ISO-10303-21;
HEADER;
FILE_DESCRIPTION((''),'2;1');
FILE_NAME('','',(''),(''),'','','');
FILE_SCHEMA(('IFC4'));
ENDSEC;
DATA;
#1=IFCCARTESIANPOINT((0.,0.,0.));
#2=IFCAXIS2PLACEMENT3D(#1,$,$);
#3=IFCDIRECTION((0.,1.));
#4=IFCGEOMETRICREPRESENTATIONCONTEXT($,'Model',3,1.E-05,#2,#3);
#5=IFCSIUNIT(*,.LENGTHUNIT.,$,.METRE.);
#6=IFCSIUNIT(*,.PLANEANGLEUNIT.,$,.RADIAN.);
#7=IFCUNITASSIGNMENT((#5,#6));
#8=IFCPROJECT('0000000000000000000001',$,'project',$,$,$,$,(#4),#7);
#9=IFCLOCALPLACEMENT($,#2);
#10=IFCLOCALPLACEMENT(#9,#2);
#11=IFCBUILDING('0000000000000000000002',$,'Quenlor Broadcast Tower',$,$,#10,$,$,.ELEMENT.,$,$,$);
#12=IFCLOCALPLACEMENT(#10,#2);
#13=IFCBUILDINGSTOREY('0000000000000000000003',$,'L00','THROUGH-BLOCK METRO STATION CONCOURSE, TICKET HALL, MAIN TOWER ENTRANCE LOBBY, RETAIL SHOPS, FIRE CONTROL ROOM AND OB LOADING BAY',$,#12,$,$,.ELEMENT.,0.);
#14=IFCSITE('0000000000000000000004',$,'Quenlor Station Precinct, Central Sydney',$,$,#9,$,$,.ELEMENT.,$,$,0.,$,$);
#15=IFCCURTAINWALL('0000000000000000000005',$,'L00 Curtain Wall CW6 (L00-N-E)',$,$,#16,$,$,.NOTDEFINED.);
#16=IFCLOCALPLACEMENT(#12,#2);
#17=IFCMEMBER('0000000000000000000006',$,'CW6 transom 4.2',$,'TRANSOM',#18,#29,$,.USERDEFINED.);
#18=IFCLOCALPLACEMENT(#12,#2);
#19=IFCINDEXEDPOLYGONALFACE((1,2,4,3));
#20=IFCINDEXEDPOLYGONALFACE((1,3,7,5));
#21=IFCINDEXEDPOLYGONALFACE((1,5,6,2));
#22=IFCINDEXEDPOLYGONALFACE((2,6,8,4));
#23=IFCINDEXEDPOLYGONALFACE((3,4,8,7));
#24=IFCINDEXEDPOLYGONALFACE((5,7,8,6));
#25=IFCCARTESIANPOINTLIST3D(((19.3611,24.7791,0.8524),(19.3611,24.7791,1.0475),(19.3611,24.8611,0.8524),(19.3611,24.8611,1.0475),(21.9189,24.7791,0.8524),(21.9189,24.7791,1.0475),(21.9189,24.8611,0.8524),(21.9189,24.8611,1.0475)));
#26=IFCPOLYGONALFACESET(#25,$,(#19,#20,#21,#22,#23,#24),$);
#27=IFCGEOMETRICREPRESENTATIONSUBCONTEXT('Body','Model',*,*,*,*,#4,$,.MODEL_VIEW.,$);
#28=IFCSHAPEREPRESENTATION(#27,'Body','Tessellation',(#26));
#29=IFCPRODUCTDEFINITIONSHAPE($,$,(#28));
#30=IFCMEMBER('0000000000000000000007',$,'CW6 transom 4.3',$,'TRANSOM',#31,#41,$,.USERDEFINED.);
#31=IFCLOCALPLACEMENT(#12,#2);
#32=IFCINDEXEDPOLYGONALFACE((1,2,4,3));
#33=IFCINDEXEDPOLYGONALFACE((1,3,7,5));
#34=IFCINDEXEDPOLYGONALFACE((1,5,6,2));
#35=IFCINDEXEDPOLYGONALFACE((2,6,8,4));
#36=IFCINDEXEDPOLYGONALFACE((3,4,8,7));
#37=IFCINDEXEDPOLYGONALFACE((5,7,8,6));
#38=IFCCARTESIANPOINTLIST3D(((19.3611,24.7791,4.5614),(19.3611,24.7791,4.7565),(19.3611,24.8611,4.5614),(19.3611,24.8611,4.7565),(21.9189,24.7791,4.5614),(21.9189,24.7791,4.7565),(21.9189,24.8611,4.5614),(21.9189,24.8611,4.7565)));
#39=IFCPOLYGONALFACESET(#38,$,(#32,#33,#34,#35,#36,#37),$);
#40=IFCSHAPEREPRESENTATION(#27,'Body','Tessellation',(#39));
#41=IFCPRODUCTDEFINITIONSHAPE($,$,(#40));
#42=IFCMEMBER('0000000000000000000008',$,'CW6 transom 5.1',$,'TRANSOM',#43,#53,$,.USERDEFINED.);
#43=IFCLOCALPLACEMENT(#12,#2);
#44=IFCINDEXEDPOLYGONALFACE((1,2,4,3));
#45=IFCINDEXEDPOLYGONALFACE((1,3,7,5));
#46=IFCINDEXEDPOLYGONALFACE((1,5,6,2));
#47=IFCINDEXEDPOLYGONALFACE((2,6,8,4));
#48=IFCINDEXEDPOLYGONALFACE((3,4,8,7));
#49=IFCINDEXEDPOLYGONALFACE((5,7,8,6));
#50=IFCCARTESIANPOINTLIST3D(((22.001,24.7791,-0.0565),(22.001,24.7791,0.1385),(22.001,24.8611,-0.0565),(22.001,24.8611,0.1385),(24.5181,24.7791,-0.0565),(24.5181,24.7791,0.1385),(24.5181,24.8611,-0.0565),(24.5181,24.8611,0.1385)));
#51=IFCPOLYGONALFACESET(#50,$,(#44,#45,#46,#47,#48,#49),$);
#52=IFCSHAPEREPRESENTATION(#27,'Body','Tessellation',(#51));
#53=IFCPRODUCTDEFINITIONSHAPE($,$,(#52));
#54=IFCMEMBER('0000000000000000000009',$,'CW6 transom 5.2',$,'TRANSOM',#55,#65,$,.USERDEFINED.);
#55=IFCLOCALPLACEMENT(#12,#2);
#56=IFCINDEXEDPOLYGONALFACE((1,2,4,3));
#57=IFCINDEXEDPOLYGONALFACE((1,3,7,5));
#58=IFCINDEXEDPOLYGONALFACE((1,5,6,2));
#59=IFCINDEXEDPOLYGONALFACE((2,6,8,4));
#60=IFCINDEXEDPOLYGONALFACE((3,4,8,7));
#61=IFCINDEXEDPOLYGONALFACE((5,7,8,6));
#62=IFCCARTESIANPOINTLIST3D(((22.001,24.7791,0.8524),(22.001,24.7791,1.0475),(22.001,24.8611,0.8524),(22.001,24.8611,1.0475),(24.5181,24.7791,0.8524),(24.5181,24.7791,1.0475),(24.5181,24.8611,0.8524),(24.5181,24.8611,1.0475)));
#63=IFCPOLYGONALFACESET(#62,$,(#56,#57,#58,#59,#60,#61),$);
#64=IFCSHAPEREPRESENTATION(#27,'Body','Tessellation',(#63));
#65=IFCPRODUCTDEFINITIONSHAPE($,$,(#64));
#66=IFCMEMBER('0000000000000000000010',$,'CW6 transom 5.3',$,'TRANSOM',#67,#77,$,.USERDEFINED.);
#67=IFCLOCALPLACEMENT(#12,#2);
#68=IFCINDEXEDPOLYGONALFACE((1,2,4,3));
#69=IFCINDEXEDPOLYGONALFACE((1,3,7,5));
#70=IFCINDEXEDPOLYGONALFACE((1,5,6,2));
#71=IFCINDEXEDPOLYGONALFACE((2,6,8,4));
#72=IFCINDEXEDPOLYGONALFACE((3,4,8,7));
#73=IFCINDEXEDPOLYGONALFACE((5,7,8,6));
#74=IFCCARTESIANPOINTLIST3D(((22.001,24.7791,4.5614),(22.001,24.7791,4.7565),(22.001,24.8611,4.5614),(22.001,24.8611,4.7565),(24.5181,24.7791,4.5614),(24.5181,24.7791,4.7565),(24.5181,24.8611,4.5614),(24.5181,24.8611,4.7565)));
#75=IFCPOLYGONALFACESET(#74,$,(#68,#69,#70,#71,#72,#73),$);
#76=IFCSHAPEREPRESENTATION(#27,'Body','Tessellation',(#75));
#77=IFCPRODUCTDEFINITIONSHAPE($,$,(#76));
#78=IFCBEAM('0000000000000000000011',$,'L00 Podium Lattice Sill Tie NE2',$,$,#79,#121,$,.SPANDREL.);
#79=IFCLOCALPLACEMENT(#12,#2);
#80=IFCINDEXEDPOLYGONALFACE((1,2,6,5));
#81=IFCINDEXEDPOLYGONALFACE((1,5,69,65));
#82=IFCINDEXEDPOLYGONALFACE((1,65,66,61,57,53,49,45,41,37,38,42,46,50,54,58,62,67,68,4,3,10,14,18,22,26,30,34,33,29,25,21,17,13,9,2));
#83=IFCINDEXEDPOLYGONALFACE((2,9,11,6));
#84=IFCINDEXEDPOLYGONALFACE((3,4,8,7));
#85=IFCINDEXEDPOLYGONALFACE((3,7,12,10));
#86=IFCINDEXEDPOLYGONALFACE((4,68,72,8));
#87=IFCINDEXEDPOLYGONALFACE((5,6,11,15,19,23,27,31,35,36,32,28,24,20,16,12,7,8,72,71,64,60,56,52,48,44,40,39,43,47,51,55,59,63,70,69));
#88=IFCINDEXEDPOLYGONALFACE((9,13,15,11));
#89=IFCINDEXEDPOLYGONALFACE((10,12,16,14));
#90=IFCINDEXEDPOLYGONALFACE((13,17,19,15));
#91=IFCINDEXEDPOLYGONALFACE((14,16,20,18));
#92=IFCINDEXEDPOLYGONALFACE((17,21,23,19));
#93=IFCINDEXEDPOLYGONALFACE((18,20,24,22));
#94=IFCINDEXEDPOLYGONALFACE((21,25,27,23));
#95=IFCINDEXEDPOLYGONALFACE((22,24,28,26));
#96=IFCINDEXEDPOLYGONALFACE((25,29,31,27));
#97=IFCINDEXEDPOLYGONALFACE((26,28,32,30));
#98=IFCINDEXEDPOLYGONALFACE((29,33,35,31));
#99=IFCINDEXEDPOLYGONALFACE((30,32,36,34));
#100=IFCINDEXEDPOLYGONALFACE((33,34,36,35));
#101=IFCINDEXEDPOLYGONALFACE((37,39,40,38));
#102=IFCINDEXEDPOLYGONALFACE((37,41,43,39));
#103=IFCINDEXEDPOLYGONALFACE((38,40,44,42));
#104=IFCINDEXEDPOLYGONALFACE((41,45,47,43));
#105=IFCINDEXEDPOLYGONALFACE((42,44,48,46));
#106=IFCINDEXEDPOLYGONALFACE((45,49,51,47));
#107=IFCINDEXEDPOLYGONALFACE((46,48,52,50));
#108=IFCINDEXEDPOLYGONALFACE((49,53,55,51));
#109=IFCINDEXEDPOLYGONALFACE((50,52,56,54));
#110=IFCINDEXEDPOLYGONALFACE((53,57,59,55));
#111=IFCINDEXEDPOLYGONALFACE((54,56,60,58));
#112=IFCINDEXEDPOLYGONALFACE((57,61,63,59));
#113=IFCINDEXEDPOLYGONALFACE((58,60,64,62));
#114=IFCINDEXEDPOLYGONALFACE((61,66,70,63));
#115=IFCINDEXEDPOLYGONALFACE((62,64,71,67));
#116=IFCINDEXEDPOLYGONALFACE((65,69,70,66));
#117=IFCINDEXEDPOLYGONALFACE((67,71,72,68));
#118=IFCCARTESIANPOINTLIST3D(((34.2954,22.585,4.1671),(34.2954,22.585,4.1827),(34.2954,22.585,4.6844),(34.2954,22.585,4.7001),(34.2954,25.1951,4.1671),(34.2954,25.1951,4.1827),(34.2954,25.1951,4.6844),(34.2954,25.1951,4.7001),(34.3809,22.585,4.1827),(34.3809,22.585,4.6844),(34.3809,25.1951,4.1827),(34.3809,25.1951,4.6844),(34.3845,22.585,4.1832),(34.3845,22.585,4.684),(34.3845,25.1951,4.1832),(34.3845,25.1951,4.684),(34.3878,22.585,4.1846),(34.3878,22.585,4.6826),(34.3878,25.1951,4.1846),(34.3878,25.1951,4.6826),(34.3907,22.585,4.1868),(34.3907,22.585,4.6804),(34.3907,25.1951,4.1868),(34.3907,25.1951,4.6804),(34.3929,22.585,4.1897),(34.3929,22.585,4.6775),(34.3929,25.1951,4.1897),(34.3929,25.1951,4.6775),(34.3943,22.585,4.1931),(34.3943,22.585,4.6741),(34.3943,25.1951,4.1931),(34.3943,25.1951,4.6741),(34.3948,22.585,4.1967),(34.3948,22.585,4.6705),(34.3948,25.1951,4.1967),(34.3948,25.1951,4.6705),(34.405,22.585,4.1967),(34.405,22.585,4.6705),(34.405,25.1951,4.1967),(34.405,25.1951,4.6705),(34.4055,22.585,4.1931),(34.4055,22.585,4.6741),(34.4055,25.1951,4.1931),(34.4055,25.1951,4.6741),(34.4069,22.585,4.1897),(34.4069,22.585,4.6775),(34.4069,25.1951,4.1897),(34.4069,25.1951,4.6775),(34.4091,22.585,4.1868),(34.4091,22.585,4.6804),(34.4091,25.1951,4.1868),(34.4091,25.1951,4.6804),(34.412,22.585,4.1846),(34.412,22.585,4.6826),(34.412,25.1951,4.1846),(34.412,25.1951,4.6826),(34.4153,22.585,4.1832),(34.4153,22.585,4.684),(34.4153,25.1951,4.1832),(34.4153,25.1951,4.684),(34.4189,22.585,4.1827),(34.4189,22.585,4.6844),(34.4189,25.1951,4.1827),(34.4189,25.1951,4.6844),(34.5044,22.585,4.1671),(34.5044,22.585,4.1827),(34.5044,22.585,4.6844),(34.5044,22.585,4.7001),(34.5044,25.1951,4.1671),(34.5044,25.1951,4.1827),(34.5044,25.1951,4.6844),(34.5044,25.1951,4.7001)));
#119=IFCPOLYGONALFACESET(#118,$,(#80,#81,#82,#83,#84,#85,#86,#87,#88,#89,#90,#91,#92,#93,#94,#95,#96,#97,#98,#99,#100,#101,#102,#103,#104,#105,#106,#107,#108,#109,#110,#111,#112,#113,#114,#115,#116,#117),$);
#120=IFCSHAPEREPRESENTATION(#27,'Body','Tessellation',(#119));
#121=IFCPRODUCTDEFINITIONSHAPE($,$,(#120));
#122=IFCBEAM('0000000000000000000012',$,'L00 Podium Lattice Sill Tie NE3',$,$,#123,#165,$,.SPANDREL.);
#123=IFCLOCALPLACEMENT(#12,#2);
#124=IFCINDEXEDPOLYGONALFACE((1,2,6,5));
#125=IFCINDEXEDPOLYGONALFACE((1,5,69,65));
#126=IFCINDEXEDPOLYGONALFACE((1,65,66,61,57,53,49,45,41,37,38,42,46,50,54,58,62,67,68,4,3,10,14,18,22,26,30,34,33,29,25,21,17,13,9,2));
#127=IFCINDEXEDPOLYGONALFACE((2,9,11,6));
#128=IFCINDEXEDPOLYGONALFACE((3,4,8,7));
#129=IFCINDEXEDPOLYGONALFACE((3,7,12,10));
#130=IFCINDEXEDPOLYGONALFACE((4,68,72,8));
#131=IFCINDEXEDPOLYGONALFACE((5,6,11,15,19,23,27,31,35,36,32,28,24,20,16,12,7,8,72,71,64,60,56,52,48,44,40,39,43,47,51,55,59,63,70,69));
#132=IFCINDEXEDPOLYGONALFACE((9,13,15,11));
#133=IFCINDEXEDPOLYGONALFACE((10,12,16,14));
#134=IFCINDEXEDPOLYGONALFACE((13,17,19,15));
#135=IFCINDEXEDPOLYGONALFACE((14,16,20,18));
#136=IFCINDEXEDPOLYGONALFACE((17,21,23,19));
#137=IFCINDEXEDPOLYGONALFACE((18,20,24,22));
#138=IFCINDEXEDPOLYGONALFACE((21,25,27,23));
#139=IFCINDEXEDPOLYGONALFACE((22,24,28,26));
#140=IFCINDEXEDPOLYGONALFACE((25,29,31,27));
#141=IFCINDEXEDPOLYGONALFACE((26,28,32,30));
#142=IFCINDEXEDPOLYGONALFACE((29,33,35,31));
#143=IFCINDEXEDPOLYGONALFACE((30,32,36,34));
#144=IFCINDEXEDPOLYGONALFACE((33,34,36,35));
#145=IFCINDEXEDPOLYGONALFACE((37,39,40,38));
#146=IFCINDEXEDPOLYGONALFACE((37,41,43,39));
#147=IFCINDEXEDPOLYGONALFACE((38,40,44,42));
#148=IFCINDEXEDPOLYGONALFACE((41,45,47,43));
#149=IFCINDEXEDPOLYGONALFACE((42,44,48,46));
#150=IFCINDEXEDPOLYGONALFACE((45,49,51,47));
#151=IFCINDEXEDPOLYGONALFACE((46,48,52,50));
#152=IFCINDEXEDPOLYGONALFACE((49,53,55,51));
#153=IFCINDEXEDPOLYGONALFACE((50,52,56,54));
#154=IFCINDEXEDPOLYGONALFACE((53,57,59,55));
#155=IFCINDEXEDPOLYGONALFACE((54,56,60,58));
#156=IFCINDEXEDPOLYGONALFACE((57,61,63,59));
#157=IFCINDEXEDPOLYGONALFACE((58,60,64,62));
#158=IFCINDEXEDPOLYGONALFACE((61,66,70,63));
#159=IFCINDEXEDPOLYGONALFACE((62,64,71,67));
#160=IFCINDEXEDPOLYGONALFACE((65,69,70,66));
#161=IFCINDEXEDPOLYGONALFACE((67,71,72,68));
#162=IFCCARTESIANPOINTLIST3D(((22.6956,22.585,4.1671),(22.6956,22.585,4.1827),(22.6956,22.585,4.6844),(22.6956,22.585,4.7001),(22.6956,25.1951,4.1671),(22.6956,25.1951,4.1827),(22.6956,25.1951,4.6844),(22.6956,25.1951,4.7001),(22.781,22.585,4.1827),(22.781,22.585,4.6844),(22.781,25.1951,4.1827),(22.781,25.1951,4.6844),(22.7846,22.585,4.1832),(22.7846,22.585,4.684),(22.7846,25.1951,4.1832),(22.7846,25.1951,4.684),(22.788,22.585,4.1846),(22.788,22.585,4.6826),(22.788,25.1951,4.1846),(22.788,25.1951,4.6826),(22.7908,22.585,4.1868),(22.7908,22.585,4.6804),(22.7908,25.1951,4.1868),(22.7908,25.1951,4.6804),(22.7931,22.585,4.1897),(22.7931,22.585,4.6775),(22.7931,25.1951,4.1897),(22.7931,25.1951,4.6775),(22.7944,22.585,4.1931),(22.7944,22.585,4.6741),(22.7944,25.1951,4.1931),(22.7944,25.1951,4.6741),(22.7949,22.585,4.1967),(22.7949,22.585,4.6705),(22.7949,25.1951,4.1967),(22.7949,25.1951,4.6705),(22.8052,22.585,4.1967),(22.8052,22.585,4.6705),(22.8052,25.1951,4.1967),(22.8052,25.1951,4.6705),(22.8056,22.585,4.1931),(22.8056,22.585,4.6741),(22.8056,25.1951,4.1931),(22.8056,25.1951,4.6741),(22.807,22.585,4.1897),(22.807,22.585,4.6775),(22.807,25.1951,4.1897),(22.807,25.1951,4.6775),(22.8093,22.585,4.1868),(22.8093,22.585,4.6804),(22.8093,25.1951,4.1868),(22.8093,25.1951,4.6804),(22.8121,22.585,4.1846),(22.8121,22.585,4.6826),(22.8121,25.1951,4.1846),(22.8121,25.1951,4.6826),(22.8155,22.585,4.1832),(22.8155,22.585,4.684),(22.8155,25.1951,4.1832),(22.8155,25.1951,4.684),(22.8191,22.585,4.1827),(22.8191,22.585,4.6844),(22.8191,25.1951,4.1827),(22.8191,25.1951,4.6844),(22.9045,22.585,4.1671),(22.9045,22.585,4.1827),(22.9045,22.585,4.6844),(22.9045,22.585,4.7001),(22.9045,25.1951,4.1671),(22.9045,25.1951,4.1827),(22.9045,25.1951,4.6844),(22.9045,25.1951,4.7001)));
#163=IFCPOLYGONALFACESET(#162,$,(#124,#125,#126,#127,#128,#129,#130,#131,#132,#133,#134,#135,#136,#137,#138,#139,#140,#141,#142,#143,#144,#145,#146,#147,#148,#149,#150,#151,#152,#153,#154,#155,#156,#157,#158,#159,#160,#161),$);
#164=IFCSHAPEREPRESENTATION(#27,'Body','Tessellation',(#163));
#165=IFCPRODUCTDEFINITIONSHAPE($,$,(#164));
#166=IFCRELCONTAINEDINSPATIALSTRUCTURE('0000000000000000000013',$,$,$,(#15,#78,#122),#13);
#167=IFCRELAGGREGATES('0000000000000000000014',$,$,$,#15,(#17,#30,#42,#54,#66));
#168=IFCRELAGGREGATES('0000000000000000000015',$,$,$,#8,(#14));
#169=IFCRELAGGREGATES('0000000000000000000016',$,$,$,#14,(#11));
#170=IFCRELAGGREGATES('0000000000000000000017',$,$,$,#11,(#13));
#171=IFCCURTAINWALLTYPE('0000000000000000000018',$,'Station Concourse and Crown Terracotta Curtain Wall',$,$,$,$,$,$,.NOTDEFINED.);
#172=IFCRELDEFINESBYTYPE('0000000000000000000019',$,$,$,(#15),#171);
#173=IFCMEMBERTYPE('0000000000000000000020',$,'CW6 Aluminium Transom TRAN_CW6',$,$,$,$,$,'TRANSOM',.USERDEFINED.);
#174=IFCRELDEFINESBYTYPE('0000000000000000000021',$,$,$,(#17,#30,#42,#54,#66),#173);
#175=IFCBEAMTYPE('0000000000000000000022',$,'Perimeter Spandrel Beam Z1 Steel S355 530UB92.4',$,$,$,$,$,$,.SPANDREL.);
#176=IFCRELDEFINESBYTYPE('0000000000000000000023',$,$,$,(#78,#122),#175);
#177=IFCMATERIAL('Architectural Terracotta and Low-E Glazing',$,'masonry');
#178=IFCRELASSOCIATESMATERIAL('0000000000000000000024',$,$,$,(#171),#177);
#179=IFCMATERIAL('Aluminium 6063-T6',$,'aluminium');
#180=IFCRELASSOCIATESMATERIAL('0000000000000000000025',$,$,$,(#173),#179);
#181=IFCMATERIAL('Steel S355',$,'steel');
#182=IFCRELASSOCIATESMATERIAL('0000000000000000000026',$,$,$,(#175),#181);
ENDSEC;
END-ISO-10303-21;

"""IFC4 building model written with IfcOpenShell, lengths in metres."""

from ifc_helpers import new_model, si_unit, direction, frame, origin, origin_2d, place, context, subcontext, project, spatial, rectangle, i_section, extrude, material, material_profile, profile_set, type_object, element, aggregate, save


model = new_model("IFC4")

# Units and contexts
model_context = context("Model", 3, precision=1e-05, world=origin(), true_north=direction((0.0, 1.0)))
body_context = subcontext(model_context, "Body", "Model", "MODEL_VIEW")
ifc_project = project(units=[si_unit("LENGTHUNIT", "METRE"), si_unit("PLANEANGLEUNIT", "RADIAN")], contexts=[model_context])

# Site, building, storey
site_placement = place(None, origin())
site = spatial("IfcSite", under=ifc_project, at=site_placement, Name="Quenlor Station Precinct, Central Sydney", CompositionType="ELEMENT", RefElevation=0.0)
building_placement = place(site_placement, origin())
building = spatial("IfcBuilding", under=site, at=building_placement, Name="Quenlor Broadcast Tower", CompositionType="ELEMENT")
storey_placement = place(building_placement, origin())
storey = spatial("IfcBuildingStorey", under=building, at=storey_placement, Name="L00", Description="THROUGH-BLOCK METRO STATION CONCOURSE, TICKET HALL, MAIN TOWER ENTRANCE LOBBY, RETAIL SHOPS, FIRE CONTROL ROOM AND OB LOADING BAY", CompositionType="ELEMENT", Elevation=0.0)

# Curtain wall, members
ifc_material_1 = material(Name="Architectural Terracotta and Low-E Glazing", Category="masonry")
curtain_wall_type = type_object("IfcCurtainWallType", Name="Station Concourse and Crown Terracotta Curtain Wall", PredefinedType="NOTDEFINED", material=ifc_material_1)
curtain_wall_placement = place(storey_placement, origin())
curtain_wall = element("IfcCurtainWall", 1, at=curtain_wall_placement, inside=storey, type_object=curtain_wall_type, Name="L00 Curtain Wall CW6 (L00-N-E)", PredefinedType="NOTDEFINED")
ifc_material_2 = material(Name="Aluminium 6063-T6", Category="aluminium")
ifc_material_profile_1 = material_profile(ifc_material_2, rectangle(XDim=0.082, YDim=0.1951, at=origin_2d()))
ifc_profile_set_1 = profile_set([ifc_material_profile_1], Name="Aluminium 6063-T6 TRAN82x195")
member_type_1 = type_object("IfcMemberType", Name="CW6 Aluminium Transom TRAN_CW6", ElementType="TRANSOM", PredefinedType="USERDEFINED", material=ifc_profile_set_1)
member_1_placement = place(storey_placement, frame((19.3611, 24.8201, 0.95), z_axis=(1.0, 0.0, 0.0), x_axis=(0.0, 1.0, 0.0)))
member_1 = element("IfcMember", 2, at=member_1_placement, type_object=member_type_1, Name="CW6 transom 4.2", ObjectType="TRANSOM", PredefinedType="USERDEFINED", context=body_context, shape_type="SweptSolid", body=[
    extrude(rectangle(XDim=0.082, YDim=0.1951, at=origin_2d()), origin(), (0.0, 0.0, 1.0), 2.5579),
])
member_2_placement = place(storey_placement, frame((19.3611, 24.8201, 4.6589), z_axis=(1.0, 0.0, 0.0), x_axis=(0.0, 1.0, 0.0)))
member_2 = element("IfcMember", 3, at=member_2_placement, type_object=member_type_1, Name="CW6 transom 4.3", ObjectType="TRANSOM", PredefinedType="USERDEFINED", context=body_context, shape_type="SweptSolid", body=[
    extrude(rectangle(XDim=0.082, YDim=0.1951, at=origin_2d()), origin(), (0.0, 0.0, 1.0), 2.5579),
])
member_3_placement = place(storey_placement, frame((22.001, 24.8201, 0.041), z_axis=(1.0, 0.0, 0.0), x_axis=(0.0, 1.0, 0.0)))
member_3 = element("IfcMember", 4, at=member_3_placement, type_object=member_type_1, Name="CW6 transom 5.1", ObjectType="TRANSOM", PredefinedType="USERDEFINED", context=body_context, shape_type="SweptSolid", body=[
    extrude(rectangle(XDim=0.082, YDim=0.1951, at=origin_2d()), origin(), (0.0, 0.0, 1.0), 2.5171),
])
member_4_placement = place(storey_placement, frame((22.001, 24.8201, 0.95), z_axis=(1.0, 0.0, 0.0), x_axis=(0.0, 1.0, 0.0)))
member_4 = element("IfcMember", 5, at=member_4_placement, type_object=member_type_1, Name="CW6 transom 5.2", ObjectType="TRANSOM", PredefinedType="USERDEFINED", context=body_context, shape_type="SweptSolid", body=[
    extrude(rectangle(XDim=0.082, YDim=0.1951, at=origin_2d()), origin(), (0.0, 0.0, 1.0), 2.5171),
])
member_5_placement = place(storey_placement, frame((22.001, 24.8201, 4.6589), z_axis=(1.0, 0.0, 0.0), x_axis=(0.0, 1.0, 0.0)))
member_5 = element("IfcMember", 6, at=member_5_placement, type_object=member_type_1, Name="CW6 transom 5.3", ObjectType="TRANSOM", PredefinedType="USERDEFINED", context=body_context, shape_type="SweptSolid", body=[
    extrude(rectangle(XDim=0.082, YDim=0.1951, at=origin_2d()), origin(), (0.0, 0.0, 1.0), 2.5171),
])

# Beams
ifc_material_3 = material(Name="Steel S355", Category="steel")
ifc_material_profile_2 = material_profile(ifc_material_3, i_section(OverallWidth=0.209, OverallDepth=0.533, WebThickness=0.0103, FlangeThickness=0.0156, FilletRadius=0.0139, at=origin_2d()))
ifc_profile_set_2 = profile_set([ifc_material_profile_2], Name="Steel S355 530UB92.4")
beam_type_1 = type_object("IfcBeamType", Name="Perimeter Spandrel Beam Z1 Steel S355 530UB92.4", PredefinedType="SPANDREL", material=ifc_profile_set_2)
for number, where, z_axis, x_axis, name in (
    (7, (34.3999, 22.585, 4.4336), (0.0, 1.0, 0.0), (-1.0, 0.0, 0.0), "L00 Podium Lattice Sill Tie NE2"),
    (8, (22.8, 22.585, 4.4336), (0.0, 1.0, 0.0), (-1.0, 0.0, 0.0), "L00 Podium Lattice Sill Tie NE3"),
):
    element("IfcBeam", number, at=place(storey_placement, frame(where, z_axis=z_axis, x_axis=x_axis)), inside=storey, type_object=beam_type_1, Name=name, PredefinedType="SPANDREL", context=body_context, shape_type="SweptSolid", body=[
        extrude(i_section(OverallWidth=0.209, OverallDepth=0.533, WebThickness=0.0103, FlangeThickness=0.0156, FilletRadius=0.0139, at=origin_2d()), origin(), (0.0, 0.0, 1.0), 2.6101),
    ])

aggregate(curtain_wall, [member_1, member_2, member_3, member_4, member_5])

save(model, "model.ifc")
